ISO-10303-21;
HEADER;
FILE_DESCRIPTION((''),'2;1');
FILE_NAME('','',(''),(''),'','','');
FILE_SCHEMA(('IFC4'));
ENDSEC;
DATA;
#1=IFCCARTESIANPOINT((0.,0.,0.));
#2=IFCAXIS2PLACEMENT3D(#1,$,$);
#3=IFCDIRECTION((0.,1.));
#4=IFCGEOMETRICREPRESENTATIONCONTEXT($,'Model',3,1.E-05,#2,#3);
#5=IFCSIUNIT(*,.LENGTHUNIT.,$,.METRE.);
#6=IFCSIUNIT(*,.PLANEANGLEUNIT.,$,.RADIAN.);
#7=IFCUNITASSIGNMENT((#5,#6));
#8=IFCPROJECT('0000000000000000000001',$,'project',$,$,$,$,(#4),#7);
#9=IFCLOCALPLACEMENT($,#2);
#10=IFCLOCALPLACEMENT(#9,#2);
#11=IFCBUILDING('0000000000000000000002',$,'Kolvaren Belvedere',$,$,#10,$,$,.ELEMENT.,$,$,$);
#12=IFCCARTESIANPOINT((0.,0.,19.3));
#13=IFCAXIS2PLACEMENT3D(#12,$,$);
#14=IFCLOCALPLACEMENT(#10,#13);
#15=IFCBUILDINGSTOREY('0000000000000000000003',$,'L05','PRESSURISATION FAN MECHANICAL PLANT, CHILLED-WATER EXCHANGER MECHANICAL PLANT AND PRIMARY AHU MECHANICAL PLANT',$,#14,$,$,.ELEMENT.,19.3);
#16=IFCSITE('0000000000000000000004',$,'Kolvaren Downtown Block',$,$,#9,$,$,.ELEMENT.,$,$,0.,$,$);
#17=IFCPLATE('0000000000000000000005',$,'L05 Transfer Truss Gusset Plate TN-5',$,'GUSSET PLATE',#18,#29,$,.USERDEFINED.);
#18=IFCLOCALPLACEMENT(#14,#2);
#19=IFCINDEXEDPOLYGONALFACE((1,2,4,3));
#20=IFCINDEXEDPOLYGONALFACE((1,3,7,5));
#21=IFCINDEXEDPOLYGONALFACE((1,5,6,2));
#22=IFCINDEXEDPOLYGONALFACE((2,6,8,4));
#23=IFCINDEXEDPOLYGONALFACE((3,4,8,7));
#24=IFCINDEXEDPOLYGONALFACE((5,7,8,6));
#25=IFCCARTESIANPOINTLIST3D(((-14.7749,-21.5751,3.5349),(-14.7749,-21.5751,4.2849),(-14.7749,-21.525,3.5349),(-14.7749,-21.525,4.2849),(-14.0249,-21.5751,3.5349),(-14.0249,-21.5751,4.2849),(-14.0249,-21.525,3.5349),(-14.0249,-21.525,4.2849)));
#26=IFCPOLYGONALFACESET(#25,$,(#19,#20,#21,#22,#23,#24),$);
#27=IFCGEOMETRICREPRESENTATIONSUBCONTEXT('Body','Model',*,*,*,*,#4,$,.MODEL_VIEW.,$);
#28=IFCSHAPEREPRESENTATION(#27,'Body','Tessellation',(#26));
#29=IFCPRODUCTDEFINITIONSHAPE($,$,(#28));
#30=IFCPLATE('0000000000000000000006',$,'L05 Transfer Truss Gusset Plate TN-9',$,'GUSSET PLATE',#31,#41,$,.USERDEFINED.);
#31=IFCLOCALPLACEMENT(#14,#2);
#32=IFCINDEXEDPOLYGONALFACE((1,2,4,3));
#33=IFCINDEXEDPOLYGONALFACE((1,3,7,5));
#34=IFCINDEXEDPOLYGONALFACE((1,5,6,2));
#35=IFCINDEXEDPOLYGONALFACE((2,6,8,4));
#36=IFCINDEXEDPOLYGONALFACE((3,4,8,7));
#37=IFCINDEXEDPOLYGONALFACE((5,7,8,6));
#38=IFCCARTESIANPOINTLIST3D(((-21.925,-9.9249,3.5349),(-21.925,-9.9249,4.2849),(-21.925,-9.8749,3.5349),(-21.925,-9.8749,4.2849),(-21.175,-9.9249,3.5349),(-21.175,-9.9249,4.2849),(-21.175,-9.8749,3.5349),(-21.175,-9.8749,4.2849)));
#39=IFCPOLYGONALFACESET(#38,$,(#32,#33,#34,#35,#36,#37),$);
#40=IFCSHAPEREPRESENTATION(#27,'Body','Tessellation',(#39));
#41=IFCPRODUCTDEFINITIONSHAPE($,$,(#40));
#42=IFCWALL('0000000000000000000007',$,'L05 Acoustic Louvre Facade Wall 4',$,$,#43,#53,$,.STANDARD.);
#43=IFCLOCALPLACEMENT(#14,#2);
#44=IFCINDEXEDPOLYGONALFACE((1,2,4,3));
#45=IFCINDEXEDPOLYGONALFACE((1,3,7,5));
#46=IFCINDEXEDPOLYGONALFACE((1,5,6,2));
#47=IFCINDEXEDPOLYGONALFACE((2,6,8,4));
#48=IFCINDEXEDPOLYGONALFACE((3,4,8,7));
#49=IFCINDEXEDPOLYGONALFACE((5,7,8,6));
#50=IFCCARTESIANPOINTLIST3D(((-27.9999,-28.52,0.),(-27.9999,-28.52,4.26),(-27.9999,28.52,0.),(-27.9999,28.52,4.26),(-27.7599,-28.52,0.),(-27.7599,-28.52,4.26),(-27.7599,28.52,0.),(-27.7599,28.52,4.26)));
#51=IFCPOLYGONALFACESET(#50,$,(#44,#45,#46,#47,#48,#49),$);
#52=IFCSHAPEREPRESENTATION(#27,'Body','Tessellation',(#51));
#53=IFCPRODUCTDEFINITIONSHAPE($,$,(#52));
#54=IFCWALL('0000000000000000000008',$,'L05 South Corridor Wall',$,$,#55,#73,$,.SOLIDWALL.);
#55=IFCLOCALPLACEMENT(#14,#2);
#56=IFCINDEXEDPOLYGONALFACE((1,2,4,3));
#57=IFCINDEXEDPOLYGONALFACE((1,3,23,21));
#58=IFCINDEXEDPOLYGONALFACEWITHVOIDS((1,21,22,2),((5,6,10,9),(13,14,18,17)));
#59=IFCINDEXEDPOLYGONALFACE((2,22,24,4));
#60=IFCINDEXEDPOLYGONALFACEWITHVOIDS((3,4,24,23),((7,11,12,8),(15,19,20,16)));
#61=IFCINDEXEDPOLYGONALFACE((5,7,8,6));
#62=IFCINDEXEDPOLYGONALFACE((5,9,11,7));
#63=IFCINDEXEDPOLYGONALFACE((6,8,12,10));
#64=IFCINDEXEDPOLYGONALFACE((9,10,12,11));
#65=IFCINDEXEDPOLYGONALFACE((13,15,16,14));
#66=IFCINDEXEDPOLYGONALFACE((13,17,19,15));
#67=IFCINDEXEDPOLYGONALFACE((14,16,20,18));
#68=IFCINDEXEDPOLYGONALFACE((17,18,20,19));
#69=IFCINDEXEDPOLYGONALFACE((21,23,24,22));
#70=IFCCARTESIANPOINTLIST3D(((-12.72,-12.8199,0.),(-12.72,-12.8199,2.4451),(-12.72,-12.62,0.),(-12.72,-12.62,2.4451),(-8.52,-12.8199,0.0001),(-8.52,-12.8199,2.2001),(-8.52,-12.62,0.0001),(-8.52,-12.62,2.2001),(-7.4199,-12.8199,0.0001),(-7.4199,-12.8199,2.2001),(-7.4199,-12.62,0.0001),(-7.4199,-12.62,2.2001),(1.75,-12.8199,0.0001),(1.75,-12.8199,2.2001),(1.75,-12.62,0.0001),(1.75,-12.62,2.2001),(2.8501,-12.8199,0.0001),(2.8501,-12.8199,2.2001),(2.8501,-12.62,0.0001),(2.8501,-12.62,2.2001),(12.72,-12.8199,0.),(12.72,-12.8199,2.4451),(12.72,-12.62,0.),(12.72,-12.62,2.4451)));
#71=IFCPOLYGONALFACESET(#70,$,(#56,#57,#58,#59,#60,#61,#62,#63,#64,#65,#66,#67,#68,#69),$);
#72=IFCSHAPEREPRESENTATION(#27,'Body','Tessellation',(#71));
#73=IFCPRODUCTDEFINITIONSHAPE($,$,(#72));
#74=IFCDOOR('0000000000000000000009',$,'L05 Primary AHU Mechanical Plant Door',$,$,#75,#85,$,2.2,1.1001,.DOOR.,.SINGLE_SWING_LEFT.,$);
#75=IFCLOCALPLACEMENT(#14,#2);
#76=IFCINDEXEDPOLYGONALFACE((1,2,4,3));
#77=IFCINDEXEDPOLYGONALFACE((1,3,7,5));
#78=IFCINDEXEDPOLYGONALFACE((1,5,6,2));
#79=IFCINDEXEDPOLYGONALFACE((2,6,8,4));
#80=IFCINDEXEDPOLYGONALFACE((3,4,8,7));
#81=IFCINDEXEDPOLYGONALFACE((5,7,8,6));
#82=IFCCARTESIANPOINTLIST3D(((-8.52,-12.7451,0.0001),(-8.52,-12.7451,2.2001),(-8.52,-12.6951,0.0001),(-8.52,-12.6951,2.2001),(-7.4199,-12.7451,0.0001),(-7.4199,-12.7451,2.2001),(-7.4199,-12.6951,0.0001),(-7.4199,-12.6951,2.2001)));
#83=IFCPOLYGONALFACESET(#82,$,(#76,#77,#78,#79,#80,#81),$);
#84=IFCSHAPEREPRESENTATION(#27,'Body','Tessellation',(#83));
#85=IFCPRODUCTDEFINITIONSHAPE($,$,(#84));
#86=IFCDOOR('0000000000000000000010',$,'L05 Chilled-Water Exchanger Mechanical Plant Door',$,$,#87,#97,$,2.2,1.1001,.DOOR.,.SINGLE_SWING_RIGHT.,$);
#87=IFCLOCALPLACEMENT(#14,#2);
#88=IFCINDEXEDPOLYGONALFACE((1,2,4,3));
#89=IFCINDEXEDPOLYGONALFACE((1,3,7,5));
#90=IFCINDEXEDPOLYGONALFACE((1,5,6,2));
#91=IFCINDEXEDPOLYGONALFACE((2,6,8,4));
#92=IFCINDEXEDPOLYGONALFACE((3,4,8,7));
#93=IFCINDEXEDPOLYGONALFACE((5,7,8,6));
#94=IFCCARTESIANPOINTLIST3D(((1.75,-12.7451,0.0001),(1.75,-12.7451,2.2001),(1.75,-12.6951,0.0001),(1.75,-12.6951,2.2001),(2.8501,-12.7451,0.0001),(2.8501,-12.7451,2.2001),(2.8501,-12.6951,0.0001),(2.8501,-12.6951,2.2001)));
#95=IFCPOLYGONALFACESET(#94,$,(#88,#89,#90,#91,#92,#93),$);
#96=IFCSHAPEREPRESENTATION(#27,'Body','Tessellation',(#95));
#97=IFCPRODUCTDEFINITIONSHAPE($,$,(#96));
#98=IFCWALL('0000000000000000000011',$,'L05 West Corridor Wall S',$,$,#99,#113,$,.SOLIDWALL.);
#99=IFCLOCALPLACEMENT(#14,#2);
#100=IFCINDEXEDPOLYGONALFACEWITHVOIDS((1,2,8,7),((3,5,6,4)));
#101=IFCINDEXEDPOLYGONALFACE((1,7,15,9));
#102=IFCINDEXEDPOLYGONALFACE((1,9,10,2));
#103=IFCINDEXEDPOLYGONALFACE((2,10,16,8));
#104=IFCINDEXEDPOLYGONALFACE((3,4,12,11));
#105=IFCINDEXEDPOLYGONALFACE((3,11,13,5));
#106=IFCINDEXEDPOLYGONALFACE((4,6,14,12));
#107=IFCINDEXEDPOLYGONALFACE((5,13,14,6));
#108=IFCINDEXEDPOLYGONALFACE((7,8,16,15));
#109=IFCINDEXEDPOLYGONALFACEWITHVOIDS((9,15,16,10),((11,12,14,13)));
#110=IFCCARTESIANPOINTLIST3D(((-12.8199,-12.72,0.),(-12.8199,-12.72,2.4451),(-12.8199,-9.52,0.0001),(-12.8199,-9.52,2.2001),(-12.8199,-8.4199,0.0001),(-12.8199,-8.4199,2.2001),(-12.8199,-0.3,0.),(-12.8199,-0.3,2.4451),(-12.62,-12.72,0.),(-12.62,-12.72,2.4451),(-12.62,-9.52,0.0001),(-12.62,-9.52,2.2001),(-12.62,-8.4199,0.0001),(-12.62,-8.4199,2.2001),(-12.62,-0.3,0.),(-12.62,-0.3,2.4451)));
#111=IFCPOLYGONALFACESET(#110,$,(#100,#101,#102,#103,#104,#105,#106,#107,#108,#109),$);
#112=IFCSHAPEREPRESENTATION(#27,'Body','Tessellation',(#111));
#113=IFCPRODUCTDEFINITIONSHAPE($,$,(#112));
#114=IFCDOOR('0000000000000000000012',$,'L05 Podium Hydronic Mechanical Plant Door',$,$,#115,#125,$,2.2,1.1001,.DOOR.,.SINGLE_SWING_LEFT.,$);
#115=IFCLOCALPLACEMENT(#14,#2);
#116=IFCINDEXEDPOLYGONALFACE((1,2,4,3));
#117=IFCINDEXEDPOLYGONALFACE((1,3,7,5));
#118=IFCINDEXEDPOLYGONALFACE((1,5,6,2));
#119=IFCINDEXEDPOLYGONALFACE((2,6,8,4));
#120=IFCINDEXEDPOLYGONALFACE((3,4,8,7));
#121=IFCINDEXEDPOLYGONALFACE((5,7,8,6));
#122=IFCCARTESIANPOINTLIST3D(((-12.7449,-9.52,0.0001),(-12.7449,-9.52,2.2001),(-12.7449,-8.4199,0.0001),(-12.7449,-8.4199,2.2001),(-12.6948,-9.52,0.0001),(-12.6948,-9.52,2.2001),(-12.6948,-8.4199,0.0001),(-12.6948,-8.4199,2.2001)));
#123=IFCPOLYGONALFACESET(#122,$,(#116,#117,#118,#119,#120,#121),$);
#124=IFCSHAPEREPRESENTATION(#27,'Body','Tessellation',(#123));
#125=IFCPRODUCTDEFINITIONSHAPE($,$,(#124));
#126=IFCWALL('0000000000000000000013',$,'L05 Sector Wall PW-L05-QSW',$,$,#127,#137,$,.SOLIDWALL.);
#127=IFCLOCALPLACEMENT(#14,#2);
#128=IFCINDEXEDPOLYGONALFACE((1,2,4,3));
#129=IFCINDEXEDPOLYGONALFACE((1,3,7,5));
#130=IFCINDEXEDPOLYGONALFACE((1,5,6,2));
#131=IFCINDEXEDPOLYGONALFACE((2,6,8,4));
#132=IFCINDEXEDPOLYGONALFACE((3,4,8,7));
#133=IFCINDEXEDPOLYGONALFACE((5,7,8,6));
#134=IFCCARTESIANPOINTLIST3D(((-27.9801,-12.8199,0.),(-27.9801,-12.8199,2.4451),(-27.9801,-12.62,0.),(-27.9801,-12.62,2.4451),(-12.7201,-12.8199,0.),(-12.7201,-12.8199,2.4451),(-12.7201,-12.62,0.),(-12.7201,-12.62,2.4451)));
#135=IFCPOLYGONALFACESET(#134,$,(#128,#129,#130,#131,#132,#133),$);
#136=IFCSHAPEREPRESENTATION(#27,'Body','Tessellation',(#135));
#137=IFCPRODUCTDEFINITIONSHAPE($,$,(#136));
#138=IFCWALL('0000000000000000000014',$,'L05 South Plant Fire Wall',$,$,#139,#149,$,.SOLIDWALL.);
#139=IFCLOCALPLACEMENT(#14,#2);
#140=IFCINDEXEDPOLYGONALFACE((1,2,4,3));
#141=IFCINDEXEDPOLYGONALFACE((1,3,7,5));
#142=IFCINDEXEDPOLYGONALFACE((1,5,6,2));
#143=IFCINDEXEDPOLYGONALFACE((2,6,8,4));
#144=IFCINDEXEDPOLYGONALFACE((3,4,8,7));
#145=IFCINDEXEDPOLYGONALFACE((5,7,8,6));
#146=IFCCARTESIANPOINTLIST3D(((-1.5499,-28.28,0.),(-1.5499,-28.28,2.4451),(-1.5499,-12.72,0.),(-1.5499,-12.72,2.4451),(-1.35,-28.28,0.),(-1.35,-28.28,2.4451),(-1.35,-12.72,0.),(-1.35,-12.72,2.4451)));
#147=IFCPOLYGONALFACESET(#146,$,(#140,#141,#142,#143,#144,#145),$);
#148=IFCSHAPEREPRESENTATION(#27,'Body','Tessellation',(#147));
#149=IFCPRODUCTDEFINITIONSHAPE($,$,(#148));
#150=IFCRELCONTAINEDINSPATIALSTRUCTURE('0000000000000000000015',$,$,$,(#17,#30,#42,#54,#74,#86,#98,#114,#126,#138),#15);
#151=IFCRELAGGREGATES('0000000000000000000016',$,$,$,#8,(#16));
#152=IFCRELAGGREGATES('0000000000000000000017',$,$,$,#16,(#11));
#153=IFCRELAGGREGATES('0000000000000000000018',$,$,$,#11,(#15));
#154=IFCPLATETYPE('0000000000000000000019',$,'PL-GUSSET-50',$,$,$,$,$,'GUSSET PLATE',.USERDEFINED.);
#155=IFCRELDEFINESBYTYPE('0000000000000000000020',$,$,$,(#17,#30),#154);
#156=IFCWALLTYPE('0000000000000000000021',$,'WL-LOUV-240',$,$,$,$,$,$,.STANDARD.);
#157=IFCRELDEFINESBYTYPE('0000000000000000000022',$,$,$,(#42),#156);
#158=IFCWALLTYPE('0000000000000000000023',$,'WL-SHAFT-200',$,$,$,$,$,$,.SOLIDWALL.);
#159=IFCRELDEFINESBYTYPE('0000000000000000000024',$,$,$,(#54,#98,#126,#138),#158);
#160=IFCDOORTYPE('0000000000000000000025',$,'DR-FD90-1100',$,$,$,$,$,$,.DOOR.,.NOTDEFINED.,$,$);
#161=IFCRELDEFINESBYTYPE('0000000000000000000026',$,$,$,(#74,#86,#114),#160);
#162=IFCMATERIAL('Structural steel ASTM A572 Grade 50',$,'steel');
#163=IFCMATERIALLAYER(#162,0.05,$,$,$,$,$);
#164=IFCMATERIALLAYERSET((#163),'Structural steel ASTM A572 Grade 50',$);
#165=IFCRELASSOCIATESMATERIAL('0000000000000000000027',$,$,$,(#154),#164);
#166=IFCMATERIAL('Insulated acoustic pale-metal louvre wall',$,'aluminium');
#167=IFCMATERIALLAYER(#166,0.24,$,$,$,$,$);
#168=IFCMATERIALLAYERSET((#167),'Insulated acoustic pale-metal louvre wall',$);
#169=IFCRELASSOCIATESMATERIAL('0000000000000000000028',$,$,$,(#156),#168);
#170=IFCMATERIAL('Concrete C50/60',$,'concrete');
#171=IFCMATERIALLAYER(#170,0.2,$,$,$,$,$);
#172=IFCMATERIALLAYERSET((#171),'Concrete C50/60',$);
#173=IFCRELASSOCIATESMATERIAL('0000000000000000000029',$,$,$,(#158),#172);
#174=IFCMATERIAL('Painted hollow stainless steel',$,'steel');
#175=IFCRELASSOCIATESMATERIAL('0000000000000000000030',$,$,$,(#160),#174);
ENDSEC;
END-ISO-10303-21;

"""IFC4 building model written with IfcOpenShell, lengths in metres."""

from ifc_helpers import new_model, si_unit, direction, frame, frame_2d, origin, origin_2d, place, context, subcontext, project, spatial, rectangle, extrude, material, layer, layer_set, type_object, element, fill, save


model = new_model("IFC4")

# Units and contexts
model_context = context("Model", 3, precision=1e-05, world=origin(), true_north=direction((0.0, 1.0)))
body_context = subcontext(model_context, "Body", "Model", "MODEL_VIEW")
ifc_project = project(units=[si_unit("LENGTHUNIT", "METRE"), si_unit("PLANEANGLEUNIT", "RADIAN")], contexts=[model_context])

# Site, building, storey
site_placement = place(None, origin())
site = spatial("IfcSite", under=ifc_project, at=site_placement, Name="Kolvaren Downtown Block", CompositionType="ELEMENT", RefElevation=0.0)
building_placement = place(site_placement, origin())
building = spatial("IfcBuilding", under=site, at=building_placement, Name="Kolvaren Belvedere", CompositionType="ELEMENT")
storey_placement = place(building_placement, frame((0.0, 0.0, 19.3)))
storey = spatial("IfcBuildingStorey", under=building, at=storey_placement, Name="L05", Description="PRESSURISATION FAN MECHANICAL PLANT, CHILLED-WATER EXCHANGER MECHANICAL PLANT AND PRIMARY AHU MECHANICAL PLANT", CompositionType="ELEMENT", Elevation=19.3)

# Plates
ifc_material_1 = material(Name="Structural steel ASTM A572 Grade 50", Category="steel")
ifc_layer_1 = layer(ifc_material_1, 0.05)
ifc_layer_set_1 = layer_set([ifc_layer_1], Name="Structural steel ASTM A572 Grade 50")
plate_type = type_object("IfcPlateType", Name="PL-GUSSET-50", ElementType="GUSSET PLATE", PredefinedType="USERDEFINED", material=ifc_layer_set_1)
for number, where, z_axis, x_axis, name in (
    (1, (-14.3999, -21.55, 3.5349), (0.0, 0.0, 1.0), (1.0, 0.0, 0.0), "L05 Transfer Truss Gusset Plate TN-5"),
    (2, (-21.55, -9.8999, 3.5349), (0.0, 0.0, 1.0), (1.0, 0.0, 0.0), "L05 Transfer Truss Gusset Plate TN-9"),
):
    element("IfcPlate", number, at=place(storey_placement, frame(where, z_axis=z_axis, x_axis=x_axis)), inside=storey, type_object=plate_type, Name=name, ObjectType="GUSSET PLATE", PredefinedType="USERDEFINED", context=body_context, shape_type="SweptSolid", body=[
        extrude(rectangle(XDim=0.75, YDim=0.05, at=origin_2d()), origin(), (0.0, 0.0, 1.0), 0.75),
    ])

# Wall
ifc_material_2 = material(Name="Insulated acoustic pale-metal louvre wall", Category="aluminium")
ifc_layer_2 = layer(ifc_material_2, 0.24)
ifc_layer_set_2 = layer_set([ifc_layer_2], Name="Insulated acoustic pale-metal louvre wall")
wall_type_1 = type_object("IfcWallType", Name="WL-LOUV-240", PredefinedType="STANDARD", material=ifc_layer_set_2)
wall_1_placement = place(storey_placement, frame((-27.8799, -28.52, 0.0), z_axis=(0.0, 0.0, 1.0), x_axis=(0.0, 1.0, 0.0)))
element("IfcWall", 3, at=wall_1_placement, inside=storey, type_object=wall_type_1, Name="L05 Acoustic Louvre Facade Wall 4", PredefinedType="STANDARD", context=body_context, shape_type="SweptSolid", body=[
    extrude(rectangle(XDim=57.04, YDim=0.24, at=frame_2d((28.52, 0.0))), origin(), (0.0, 0.0, 1.0), 4.26),
])

# Wall, openings, doors
ifc_material_3 = material(Name="Concrete C50/60", Category="concrete")
ifc_layer_3 = layer(ifc_material_3, 0.2)
ifc_layer_set_3 = layer_set([ifc_layer_3], Name="Concrete C50/60")
wall_type_2 = type_object("IfcWallType", Name="WL-SHAFT-200", PredefinedType="SOLIDWALL", material=ifc_layer_set_3)
wall_2_placement = place(storey_placement, frame((-12.72, -12.72, 0.0), z_axis=(0.0, 0.0, 1.0), x_axis=(1.0, 0.0, 0.0)))
wall_2 = element("IfcWall", 4, at=wall_2_placement, inside=storey, type_object=wall_type_2, Name="L05 South Corridor Wall", PredefinedType="SOLIDWALL", context=body_context, shape_type="SweptSolid", body=[
    extrude(rectangle(XDim=25.4399, YDim=0.2, at=frame_2d((12.72, 0.0))), origin(), (0.0, 0.0, 1.0), 2.4451),
])
opening_1_placement = place(wall_2_placement, frame((4.2, 0.0, 0.0)))
opening_1 = element("IfcOpeningElement", 5, at=opening_1_placement, cuts=wall_2, PredefinedType="OPENING", context=body_context, shape_type="SweptSolid", body=[
    extrude(rectangle(XDim=1.1001, YDim=2.2, at=frame_2d((0.55, 1.1001))), frame((0.0, 0.1099, 0.0), z_axis=(0.0, -1.0, 0.0), x_axis=(1.0, 0.0, 0.0)), (0.0, 0.0, 1.0), 0.22),
])
opening_2_placement = place(wall_2_placement, frame((14.47, 0.0, 0.0)))
opening_2 = element("IfcOpeningElement", 6, at=opening_2_placement, cuts=wall_2, PredefinedType="OPENING", context=body_context, shape_type="SweptSolid", body=[
    extrude(rectangle(XDim=1.1001, YDim=2.2, at=frame_2d((0.55, 1.1001))), frame((0.0, 0.1099, 0.0), z_axis=(0.0, -1.0, 0.0), x_axis=(1.0, 0.0, 0.0)), (0.0, 0.0, 1.0), 0.22),
])
ifc_material_4 = material(Name="Painted hollow stainless steel", Category="steel")
door_type = type_object("IfcDoorType", Name="DR-FD90-1100", OperationType="NOTDEFINED", PredefinedType="DOOR", material=ifc_material_4)
door_1_placement = place(opening_1_placement, origin())
door_1 = element("IfcDoor", 7, at=door_1_placement, inside=storey, type_object=door_type, Name="L05 Primary AHU Mechanical Plant Door", OperationType="SINGLE_SWING_LEFT", OverallHeight=2.2, OverallWidth=1.1001, PredefinedType="DOOR", context=body_context, shape_type="SweptSolid", body=[
    extrude(rectangle(XDim=1.1001, YDim=2.2, at=frame_2d((0.55, 1.1001))), frame((0.0, 0.0249, 0.0), z_axis=(0.0, -1.0, 0.0), x_axis=(1.0, 0.0, 0.0)), (0.0, 0.0, 1.0), 0.05),
])
fill(opening_1, door_1)
door_2_placement = place(opening_2_placement, origin())
door_2 = element("IfcDoor", 8, at=door_2_placement, inside=storey, type_object=door_type, Name="L05 Chilled-Water Exchanger Mechanical Plant Door", OperationType="SINGLE_SWING_RIGHT", OverallHeight=2.2, OverallWidth=1.1001, PredefinedType="DOOR", context=body_context, shape_type="SweptSolid", body=[
    extrude(rectangle(XDim=1.1001, YDim=2.2, at=frame_2d((0.55, 1.1001))), frame((0.0, 0.0249, 0.0), z_axis=(0.0, -1.0, 0.0), x_axis=(1.0, 0.0, 0.0)), (0.0, 0.0, 1.0), 0.05),
])
fill(opening_2, door_2)

# Wall, opening, door
wall_3_placement = place(storey_placement, frame((-12.72, -12.72, 0.0), z_axis=(0.0, 0.0, 1.0), x_axis=(0.0, 1.0, 0.0)))
wall_3 = element("IfcWall", 9, at=wall_3_placement, inside=storey, type_object=wall_type_2, Name="L05 West Corridor Wall S", PredefinedType="SOLIDWALL", context=body_context, shape_type="SweptSolid", body=[
    extrude(rectangle(XDim=12.4199, YDim=0.2, at=frame_2d((6.21, 0.0))), origin(), (0.0, 0.0, 1.0), 2.4451),
])
opening_3_placement = place(wall_3_placement, frame((3.2, 0.0, 0.0)))
opening_3 = element("IfcOpeningElement", 10, at=opening_3_placement, cuts=wall_3, PredefinedType="OPENING", context=body_context, shape_type="SweptSolid", body=[
    extrude(rectangle(XDim=1.1001, YDim=2.2, at=frame_2d((0.55, 1.1001))), frame((0.0, 0.1099, 0.0), z_axis=(0.0, -1.0, 0.0), x_axis=(1.0, 0.0, 0.0)), (0.0, 0.0, 1.0), 0.22),
])
door_3_placement = place(opening_3_placement, origin())
door_3 = element("IfcDoor", 11, at=door_3_placement, inside=storey, type_object=door_type, Name="L05 Podium Hydronic Mechanical Plant Door", OperationType="SINGLE_SWING_LEFT", OverallHeight=2.2, OverallWidth=1.1001, PredefinedType="DOOR", context=body_context, shape_type="SweptSolid", body=[
    extrude(rectangle(XDim=1.1001, YDim=2.2, at=frame_2d((0.55, 1.1001))), frame((0.0, 0.0249, 0.0), z_axis=(0.0, -1.0, 0.0), x_axis=(1.0, 0.0, 0.0)), (0.0, 0.0, 1.0), 0.05),
])
fill(opening_3, door_3)

# Walls
wall_4_placement = place(storey_placement, frame((-27.98, -12.72, 0.0), z_axis=(0.0, 0.0, 1.0), x_axis=(1.0, 0.0, 0.0)))
element("IfcWall", 12, at=wall_4_placement, inside=storey, type_object=wall_type_2, Name="L05 Sector Wall PW-L05-QSW", PredefinedType="SOLIDWALL", context=body_context, shape_type="SweptSolid", body=[
    extrude(rectangle(XDim=15.26, YDim=0.2, at=frame_2d((7.6299, 0.0))), origin(), (0.0, 0.0, 1.0), 2.4451),
])
wall_5_placement = place(storey_placement, frame((-1.45, -28.28, 0.0), z_axis=(0.0, 0.0, 1.0), x_axis=(0.0, 1.0, 0.0)))
element("IfcWall", 13, at=wall_5_placement, inside=storey, type_object=wall_type_2, Name="L05 South Plant Fire Wall", PredefinedType="SOLIDWALL", context=body_context, shape_type="SweptSolid", body=[
    extrude(rectangle(XDim=15.5601, YDim=0.2, at=frame_2d((7.78, 0.0))), origin(), (0.0, 0.0, 1.0), 2.4451),
])

save(model, "model.ifc")
